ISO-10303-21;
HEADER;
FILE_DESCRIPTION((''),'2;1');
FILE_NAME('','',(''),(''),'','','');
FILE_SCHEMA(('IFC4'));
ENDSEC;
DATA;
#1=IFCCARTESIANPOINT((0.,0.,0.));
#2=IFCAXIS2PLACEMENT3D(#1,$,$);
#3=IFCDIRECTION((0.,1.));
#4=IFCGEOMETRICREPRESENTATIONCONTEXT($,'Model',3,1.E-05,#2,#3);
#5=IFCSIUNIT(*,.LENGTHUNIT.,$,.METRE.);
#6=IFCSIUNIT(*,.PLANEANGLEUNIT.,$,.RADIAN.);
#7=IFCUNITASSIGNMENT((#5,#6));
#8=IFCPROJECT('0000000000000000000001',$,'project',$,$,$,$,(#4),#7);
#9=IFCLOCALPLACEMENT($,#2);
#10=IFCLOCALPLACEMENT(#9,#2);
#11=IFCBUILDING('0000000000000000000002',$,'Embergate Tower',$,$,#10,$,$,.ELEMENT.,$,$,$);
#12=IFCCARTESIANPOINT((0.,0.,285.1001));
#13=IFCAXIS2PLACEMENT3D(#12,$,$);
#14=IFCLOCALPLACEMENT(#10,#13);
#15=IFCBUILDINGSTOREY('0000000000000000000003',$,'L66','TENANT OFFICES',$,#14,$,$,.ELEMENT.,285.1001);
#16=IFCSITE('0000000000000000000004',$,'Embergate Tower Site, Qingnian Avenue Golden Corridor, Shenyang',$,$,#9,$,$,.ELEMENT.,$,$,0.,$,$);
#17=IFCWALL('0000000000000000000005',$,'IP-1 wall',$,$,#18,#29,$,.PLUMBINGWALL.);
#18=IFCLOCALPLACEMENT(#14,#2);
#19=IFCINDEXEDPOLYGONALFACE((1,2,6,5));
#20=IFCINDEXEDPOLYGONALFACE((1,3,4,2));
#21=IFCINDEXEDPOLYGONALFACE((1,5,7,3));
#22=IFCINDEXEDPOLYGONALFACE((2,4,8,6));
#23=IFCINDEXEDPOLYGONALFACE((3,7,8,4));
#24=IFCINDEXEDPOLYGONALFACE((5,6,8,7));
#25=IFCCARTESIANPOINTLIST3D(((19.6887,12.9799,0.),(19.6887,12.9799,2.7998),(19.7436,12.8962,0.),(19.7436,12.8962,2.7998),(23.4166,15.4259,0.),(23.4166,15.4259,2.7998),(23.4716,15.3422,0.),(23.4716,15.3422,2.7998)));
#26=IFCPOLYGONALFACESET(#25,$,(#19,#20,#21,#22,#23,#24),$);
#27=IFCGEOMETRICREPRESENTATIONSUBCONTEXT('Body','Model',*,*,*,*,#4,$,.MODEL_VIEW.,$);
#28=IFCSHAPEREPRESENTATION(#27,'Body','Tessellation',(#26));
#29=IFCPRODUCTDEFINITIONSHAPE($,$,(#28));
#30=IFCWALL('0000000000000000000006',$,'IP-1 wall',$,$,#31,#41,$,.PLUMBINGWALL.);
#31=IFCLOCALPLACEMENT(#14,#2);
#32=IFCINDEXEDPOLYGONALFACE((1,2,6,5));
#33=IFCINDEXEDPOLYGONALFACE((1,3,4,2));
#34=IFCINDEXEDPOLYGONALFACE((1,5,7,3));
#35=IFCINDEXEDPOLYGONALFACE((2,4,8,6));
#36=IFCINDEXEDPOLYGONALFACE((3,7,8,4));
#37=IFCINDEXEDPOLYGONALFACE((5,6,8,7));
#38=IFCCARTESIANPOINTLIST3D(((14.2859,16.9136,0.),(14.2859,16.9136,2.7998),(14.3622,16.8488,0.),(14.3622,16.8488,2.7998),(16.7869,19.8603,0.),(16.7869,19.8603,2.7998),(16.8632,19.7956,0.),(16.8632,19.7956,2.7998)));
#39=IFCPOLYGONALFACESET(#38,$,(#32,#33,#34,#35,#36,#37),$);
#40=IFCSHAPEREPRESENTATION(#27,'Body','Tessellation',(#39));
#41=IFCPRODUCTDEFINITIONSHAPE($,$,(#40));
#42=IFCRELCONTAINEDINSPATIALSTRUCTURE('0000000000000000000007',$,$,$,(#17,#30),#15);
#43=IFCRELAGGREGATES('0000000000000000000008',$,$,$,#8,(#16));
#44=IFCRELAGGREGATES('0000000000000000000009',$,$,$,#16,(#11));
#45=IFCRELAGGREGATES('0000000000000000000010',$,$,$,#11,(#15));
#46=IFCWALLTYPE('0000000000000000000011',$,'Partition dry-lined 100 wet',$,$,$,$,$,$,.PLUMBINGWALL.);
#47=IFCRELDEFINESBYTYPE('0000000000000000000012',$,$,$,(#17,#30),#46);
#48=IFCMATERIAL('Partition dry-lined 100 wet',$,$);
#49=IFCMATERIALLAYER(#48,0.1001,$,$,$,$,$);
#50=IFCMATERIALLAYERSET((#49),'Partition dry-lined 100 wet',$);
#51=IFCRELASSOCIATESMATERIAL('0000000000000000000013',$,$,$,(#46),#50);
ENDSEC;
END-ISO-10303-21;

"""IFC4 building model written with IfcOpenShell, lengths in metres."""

from ifc_helpers import new_model, si_unit, direction, frame, frame_2d, origin, place, context, subcontext, project, spatial, rectangle, extrude, source, transform, mapped, material, layer, layer_set, type_object, element, save


model = new_model("IFC4")

# Units and contexts
model_context = context("Model", 3, precision=1e-05, world=origin(), true_north=direction((0.0, 1.0)))
body_context = subcontext(model_context, "Body", "Model", "MODEL_VIEW")
ifc_project = project(units=[si_unit("LENGTHUNIT", "METRE"), si_unit("PLANEANGLEUNIT", "RADIAN")], contexts=[model_context])

# Site, building, storey
site_placement = place(None, origin())
site = spatial("IfcSite", under=ifc_project, at=site_placement, Name="Embergate Tower Site, Qingnian Avenue Golden Corridor, Shenyang", CompositionType="ELEMENT", RefElevation=0.0)
building_placement = place(site_placement, origin())
building = spatial("IfcBuilding", under=site, at=building_placement, Name="Embergate Tower", CompositionType="ELEMENT")
storey_placement = place(building_placement, frame((0.0, 0.0, 285.1001)))
storey = spatial("IfcBuildingStorey", under=building, at=storey_placement, Name="L66", Description="TENANT OFFICES", CompositionType="ELEMENT", Elevation=285.1001)

# Walls
ifc_material_1 = material(Name="Partition dry-lined 100 wet")
ifc_layer_1 = layer(ifc_material_1, 0.1001)
ifc_layer_set_1 = layer_set([ifc_layer_1], Name="Partition dry-lined 100 wet")
wall_type = type_object("IfcWallType", Name="Partition dry-lined 100 wet", PredefinedType="PLUMBINGWALL", material=ifc_layer_set_1)
shared_shape_1 = source(origin(), body_context, "Body", "SweptSolid", [
    extrude(rectangle(XDim=4.4587, YDim=0.1001, at=frame_2d((2.2295, 0.0))), origin(), (0.0, 0.0, 1.0), 2.7998),
])
wall_1_placement = place(storey_placement, frame((19.7161, 12.938, 0.0), z_axis=(0.0, 0.0, 1.0), x_axis=(0.836097, 0.548582, 0.0)))
element("IfcWall", 1, at=wall_1_placement, inside=storey, type_object=wall_type, Name="IP-1 wall", PredefinedType="PLUMBINGWALL", context=body_context, shape_type="MappedRepresentation", body=[
    mapped(shared_shape_1, transform((0.0, 0.0, 0.0))),
])
shared_shape_2 = source(origin(), body_context, "Body", "SweptSolid", [
    extrude(rectangle(XDim=3.865, YDim=0.1001, at=frame_2d((1.9326, 0.0))), origin(), (0.0, 0.0, 1.0), 2.7998),
])
wall_2_placement = place(storey_placement, frame((14.324, 16.8811, 0.0), z_axis=(0.0, 0.0, 1.0), x_axis=(0.64708, 0.762422, 0.0)))
element("IfcWall", 2, at=wall_2_placement, inside=storey, type_object=wall_type, Name="IP-1 wall", PredefinedType="PLUMBINGWALL", context=body_context, shape_type="MappedRepresentation", body=[
    mapped(shared_shape_2, transform((0.0, 0.0, 0.0))),
])

save(model, "model.ifc")
